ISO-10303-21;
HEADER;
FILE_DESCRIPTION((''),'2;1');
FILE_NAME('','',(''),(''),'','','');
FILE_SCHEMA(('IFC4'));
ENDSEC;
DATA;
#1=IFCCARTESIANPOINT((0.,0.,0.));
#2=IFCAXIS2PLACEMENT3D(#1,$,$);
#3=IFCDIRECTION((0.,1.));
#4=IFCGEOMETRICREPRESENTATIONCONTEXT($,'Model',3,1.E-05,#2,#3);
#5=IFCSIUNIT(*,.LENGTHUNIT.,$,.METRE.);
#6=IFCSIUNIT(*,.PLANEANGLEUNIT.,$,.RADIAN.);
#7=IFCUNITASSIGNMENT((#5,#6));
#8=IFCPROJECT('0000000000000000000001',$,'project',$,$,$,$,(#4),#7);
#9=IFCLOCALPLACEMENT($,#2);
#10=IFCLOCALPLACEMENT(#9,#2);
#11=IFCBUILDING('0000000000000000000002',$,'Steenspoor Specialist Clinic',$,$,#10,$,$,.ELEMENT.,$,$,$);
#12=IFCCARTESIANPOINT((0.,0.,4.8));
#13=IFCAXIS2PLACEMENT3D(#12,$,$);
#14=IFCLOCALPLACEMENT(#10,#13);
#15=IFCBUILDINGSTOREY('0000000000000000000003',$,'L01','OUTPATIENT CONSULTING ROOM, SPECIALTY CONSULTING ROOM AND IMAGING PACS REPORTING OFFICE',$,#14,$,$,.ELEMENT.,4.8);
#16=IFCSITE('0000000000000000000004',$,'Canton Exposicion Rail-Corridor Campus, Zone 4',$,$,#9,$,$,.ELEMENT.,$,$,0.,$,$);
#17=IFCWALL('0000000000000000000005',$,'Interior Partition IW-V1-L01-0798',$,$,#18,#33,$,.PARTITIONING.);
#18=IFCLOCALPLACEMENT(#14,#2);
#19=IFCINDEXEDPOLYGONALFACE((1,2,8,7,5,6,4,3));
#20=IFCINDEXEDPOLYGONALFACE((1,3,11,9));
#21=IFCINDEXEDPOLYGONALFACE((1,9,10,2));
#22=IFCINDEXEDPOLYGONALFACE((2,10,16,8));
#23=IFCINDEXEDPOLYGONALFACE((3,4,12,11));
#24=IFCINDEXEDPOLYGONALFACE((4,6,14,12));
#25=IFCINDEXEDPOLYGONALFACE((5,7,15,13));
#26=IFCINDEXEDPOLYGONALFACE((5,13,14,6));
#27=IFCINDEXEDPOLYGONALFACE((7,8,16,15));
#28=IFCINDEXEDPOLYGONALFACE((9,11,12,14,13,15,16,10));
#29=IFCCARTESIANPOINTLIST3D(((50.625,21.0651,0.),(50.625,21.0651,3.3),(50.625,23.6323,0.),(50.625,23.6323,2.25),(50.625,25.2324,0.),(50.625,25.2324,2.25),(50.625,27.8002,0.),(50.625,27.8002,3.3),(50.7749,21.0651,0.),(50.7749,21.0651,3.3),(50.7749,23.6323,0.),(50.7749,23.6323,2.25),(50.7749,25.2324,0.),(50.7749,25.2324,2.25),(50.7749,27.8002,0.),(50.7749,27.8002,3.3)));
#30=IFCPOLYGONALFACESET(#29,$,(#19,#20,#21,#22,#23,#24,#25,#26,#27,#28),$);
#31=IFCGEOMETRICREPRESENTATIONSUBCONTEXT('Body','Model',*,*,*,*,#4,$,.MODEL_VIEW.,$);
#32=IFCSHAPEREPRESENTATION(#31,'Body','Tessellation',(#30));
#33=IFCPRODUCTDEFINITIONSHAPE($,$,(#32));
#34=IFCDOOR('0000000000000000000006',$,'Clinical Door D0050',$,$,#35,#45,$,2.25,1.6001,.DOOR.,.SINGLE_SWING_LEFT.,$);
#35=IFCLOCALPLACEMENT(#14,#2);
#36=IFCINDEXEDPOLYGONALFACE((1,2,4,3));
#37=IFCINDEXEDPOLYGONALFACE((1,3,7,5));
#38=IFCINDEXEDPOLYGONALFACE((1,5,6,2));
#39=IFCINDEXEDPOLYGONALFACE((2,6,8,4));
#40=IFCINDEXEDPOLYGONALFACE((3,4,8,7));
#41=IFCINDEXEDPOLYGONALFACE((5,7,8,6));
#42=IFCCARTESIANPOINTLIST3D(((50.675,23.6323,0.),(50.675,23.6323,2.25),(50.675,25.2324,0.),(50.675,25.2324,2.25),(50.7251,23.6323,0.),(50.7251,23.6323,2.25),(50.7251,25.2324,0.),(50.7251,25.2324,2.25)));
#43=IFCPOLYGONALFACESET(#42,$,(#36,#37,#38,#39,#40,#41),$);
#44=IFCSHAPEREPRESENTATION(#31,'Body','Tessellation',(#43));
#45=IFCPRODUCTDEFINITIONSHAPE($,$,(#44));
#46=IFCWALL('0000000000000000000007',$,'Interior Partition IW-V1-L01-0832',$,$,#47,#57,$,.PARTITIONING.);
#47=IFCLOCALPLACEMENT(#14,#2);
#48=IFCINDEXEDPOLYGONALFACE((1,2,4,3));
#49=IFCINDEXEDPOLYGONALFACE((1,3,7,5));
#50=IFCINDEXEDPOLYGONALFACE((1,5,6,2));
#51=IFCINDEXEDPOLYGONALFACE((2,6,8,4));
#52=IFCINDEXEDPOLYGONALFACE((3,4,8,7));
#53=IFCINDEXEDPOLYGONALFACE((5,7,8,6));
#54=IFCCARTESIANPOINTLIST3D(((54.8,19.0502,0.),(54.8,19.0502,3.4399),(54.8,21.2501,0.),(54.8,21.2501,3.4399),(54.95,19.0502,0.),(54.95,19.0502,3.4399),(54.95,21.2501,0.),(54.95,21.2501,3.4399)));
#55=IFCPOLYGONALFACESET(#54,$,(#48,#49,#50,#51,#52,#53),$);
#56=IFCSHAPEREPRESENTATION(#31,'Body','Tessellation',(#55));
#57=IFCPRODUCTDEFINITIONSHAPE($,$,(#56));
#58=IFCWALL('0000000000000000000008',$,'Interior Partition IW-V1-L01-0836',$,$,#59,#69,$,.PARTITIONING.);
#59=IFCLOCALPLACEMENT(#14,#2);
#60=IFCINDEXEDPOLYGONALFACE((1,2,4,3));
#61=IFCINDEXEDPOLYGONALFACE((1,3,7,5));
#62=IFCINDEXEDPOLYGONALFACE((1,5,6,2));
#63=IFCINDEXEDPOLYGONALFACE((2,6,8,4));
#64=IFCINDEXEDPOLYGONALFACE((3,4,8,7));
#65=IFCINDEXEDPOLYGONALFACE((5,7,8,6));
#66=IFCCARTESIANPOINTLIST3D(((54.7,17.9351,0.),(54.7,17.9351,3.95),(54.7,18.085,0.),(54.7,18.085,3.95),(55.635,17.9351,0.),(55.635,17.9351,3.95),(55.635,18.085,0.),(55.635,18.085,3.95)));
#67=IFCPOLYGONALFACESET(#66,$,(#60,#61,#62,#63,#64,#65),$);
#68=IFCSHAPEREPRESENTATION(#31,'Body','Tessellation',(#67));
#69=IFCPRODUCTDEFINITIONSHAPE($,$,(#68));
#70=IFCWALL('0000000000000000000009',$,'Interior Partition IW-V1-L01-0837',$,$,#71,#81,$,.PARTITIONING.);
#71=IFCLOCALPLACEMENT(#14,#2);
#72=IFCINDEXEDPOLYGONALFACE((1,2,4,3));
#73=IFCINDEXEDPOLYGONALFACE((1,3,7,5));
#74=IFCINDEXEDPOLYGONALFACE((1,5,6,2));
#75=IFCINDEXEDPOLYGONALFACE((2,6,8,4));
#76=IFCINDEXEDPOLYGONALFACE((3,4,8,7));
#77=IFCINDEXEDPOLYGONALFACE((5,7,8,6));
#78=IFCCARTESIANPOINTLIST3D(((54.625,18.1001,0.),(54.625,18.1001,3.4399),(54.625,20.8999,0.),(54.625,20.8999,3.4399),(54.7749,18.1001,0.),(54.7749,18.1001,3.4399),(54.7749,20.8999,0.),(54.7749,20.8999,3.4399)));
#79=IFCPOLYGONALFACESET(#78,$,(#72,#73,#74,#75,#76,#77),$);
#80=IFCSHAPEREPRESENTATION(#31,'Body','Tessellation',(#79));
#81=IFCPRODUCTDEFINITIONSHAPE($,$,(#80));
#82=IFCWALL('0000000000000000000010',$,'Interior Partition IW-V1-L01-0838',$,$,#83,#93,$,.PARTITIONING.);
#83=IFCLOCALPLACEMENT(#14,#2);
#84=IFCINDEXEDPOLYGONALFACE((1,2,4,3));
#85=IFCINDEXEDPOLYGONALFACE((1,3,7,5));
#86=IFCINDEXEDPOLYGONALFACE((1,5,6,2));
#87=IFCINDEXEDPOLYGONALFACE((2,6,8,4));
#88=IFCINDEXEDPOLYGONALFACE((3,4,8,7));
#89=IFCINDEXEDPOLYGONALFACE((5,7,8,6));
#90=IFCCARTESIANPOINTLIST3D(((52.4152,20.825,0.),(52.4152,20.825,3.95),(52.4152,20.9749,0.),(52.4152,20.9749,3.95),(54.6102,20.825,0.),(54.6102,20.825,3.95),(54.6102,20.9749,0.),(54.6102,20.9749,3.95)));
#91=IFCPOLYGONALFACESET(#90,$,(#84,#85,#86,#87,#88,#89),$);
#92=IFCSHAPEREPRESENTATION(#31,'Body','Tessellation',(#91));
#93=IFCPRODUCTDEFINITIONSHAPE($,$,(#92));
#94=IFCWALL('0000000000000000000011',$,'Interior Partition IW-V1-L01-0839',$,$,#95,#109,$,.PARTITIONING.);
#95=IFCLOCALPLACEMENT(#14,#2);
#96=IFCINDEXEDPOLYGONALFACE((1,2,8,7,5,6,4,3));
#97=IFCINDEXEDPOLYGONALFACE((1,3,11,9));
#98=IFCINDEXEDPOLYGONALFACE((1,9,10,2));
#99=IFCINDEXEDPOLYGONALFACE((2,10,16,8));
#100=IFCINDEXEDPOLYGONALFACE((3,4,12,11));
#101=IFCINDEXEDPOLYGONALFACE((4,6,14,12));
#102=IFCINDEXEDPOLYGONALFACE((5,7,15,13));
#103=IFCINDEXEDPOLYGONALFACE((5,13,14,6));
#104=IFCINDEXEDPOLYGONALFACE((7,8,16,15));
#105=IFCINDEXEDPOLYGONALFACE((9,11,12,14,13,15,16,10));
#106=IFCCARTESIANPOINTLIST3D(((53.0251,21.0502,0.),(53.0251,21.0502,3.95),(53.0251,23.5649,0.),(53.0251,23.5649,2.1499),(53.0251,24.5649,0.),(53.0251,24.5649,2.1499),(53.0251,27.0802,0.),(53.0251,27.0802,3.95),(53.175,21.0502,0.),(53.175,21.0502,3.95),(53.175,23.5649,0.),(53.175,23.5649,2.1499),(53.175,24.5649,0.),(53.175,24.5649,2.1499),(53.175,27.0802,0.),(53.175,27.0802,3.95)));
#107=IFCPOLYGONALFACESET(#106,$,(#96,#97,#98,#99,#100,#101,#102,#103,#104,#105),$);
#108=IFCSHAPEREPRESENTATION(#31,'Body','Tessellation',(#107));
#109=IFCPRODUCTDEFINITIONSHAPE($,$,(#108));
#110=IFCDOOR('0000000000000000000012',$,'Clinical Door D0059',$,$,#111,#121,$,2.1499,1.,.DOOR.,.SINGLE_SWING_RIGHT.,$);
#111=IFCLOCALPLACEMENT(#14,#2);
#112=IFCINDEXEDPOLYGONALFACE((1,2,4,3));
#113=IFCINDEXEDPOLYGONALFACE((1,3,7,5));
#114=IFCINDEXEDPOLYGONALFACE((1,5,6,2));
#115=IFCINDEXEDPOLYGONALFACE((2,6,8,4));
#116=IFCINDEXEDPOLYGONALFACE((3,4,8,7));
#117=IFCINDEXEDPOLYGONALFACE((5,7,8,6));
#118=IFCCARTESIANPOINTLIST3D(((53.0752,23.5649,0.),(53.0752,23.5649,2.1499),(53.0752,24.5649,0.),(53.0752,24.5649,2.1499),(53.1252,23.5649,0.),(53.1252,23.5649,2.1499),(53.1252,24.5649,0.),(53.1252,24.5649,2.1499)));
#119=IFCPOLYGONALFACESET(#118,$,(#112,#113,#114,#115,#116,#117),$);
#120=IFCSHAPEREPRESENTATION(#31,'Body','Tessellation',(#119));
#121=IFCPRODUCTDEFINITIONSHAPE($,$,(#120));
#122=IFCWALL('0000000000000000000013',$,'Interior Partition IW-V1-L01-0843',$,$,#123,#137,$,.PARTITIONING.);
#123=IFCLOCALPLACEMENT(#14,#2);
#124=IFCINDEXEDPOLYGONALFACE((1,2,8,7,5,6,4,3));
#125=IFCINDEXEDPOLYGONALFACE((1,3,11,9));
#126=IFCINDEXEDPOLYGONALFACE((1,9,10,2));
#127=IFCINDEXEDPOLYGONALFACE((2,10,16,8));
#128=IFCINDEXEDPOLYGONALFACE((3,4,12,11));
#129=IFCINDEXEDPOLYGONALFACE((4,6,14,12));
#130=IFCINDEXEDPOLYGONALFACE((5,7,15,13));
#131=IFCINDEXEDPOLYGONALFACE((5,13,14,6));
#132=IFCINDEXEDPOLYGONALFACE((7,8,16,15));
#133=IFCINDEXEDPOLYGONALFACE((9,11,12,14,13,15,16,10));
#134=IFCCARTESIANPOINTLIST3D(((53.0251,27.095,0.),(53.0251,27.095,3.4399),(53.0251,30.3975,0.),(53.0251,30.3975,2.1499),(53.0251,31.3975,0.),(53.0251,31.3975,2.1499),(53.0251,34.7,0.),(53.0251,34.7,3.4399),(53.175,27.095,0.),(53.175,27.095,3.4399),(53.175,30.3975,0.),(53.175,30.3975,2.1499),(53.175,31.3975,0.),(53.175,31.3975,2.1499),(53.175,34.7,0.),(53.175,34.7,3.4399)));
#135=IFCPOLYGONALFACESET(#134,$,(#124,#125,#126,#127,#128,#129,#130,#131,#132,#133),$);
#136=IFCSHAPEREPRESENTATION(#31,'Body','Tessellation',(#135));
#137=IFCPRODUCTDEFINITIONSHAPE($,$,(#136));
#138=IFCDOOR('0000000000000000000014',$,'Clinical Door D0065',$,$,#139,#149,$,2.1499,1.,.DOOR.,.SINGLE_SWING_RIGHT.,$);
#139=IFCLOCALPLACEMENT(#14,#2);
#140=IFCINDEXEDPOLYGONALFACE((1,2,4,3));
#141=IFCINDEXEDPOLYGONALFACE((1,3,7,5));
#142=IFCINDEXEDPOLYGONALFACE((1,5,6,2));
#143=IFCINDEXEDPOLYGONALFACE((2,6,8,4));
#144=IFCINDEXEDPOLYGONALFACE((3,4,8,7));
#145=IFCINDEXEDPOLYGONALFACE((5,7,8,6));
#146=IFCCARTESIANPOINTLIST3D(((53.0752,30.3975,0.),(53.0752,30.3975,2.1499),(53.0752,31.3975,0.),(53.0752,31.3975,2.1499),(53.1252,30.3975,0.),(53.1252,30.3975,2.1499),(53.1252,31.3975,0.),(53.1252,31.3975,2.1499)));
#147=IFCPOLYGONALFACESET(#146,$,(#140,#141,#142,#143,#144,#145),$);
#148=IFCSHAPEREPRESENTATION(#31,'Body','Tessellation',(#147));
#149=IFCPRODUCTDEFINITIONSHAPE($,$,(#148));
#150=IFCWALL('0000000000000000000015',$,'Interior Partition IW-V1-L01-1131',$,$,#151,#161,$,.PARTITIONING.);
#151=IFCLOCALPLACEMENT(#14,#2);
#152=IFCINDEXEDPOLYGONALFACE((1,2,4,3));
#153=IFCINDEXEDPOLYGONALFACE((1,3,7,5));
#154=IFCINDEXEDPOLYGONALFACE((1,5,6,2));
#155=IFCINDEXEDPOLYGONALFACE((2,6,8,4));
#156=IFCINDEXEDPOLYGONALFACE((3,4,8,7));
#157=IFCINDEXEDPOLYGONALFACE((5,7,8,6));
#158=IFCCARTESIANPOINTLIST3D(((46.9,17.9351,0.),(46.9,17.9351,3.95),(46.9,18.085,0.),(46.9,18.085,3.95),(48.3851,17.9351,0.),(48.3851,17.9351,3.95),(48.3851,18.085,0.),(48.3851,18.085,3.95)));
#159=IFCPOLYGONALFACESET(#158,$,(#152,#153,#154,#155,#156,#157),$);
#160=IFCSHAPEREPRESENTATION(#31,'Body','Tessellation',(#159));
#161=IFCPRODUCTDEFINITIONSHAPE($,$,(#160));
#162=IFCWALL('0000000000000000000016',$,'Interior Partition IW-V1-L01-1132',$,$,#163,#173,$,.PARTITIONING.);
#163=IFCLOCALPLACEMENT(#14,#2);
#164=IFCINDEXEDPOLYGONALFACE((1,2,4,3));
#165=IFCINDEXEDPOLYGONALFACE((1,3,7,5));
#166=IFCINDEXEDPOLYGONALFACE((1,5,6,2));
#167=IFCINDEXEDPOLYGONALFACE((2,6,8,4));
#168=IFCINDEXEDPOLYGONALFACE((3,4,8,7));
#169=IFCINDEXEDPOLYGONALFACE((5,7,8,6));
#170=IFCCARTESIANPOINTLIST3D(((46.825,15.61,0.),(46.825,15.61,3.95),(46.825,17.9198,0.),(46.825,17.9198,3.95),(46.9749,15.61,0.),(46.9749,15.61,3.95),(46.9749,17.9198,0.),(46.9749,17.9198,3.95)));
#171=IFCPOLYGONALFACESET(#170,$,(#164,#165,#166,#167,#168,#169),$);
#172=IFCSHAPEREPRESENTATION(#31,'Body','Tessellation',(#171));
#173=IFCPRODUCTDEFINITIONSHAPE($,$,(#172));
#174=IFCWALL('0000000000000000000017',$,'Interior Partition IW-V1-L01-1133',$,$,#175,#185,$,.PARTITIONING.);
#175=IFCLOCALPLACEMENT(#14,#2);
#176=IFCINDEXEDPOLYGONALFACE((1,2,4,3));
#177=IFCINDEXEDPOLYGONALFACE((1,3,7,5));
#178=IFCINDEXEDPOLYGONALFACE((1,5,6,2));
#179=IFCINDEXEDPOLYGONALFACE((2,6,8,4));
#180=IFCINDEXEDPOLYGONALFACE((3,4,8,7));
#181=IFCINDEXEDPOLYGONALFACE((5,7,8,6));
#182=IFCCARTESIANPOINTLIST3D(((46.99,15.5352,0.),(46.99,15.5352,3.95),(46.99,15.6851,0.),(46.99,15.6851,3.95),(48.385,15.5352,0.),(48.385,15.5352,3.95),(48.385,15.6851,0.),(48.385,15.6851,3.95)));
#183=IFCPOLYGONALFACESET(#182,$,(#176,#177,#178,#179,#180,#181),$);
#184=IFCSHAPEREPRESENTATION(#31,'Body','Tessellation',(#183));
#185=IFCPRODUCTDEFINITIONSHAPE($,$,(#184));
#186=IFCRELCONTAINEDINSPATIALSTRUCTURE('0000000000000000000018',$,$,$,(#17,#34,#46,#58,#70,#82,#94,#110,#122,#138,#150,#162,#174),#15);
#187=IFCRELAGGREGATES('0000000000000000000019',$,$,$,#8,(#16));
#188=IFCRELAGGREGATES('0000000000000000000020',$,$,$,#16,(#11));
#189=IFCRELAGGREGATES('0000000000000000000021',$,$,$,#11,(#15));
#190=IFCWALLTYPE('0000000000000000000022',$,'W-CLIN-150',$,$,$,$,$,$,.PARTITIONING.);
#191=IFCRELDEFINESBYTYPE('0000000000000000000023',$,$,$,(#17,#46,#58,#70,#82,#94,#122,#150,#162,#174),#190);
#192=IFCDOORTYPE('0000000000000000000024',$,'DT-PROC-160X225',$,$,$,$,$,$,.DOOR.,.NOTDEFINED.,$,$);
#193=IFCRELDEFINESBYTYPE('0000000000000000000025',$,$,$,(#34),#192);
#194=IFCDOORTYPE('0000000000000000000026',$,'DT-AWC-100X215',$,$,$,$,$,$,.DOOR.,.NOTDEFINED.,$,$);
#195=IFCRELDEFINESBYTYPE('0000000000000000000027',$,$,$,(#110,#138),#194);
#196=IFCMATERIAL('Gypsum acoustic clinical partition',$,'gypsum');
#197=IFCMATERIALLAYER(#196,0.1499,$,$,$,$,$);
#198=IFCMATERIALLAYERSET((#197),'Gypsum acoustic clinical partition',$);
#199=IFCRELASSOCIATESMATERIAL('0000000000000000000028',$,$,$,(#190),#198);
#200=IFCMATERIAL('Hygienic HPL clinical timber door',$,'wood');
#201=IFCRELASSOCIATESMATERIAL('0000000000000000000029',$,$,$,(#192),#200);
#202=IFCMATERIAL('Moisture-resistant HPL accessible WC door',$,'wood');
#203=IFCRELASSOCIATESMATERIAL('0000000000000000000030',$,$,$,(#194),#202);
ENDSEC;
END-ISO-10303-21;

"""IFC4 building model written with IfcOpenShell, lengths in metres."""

from ifc_helpers import new_model, si_unit, direction, frame, frame_2d, origin, place, context, subcontext, project, spatial, rectangle, extrude, material, layer, layer_set, type_object, element, fill, save


model = new_model("IFC4")

# Units and contexts
model_context = context("Model", 3, precision=1e-05, world=origin(), true_north=direction((0.0, 1.0)))
body_context = subcontext(model_context, "Body", "Model", "MODEL_VIEW")
ifc_project = project(units=[si_unit("LENGTHUNIT", "METRE"), si_unit("PLANEANGLEUNIT", "RADIAN")], contexts=[model_context])

# Site, building, storey
site_placement = place(None, origin())
site = spatial("IfcSite", under=ifc_project, at=site_placement, Name="Canton Exposicion Rail-Corridor Campus, Zone 4", CompositionType="ELEMENT", RefElevation=0.0)
building_placement = place(site_placement, origin())
building = spatial("IfcBuilding", under=site, at=building_placement, Name="Steenspoor Specialist Clinic", CompositionType="ELEMENT")
storey_placement = place(building_placement, frame((0.0, 0.0, 4.8)))
storey = spatial("IfcBuildingStorey", under=building, at=storey_placement, Name="L01", Description="OUTPATIENT CONSULTING ROOM, SPECIALTY CONSULTING ROOM AND IMAGING PACS REPORTING OFFICE", CompositionType="ELEMENT", Elevation=4.8)

# Wall, opening, door
ifc_material_1 = material(Name="Gypsum acoustic clinical partition", Category="gypsum")
ifc_layer_1 = layer(ifc_material_1, 0.1499)
ifc_layer_set_1 = layer_set([ifc_layer_1], Name="Gypsum acoustic clinical partition")
wall_type_1 = type_object("IfcWallType", Name="W-CLIN-150", PredefinedType="PARTITIONING", material=ifc_layer_set_1)
wall_1_placement = place(storey_placement, frame((50.7, 21.0649, 0.0), z_axis=(0.0, 0.0, 1.0), x_axis=(0.0, 1.0, 0.0)))
wall_1 = element("IfcWall", 1, at=wall_1_placement, inside=storey, type_object=wall_type_1, Name="Interior Partition IW-V1-L01-0798", PredefinedType="PARTITIONING", context=body_context, shape_type="SweptSolid", body=[
    extrude(rectangle(XDim=6.7351, YDim=0.1499, at=frame_2d((3.3677, 0.0))), origin(), (0.0, 0.0, 1.0), 3.3),
])
opening_1_placement = place(wall_1_placement, frame((2.5674, 0.0, 0.0)))
opening_1 = element("IfcOpeningElement", 2, at=opening_1_placement, cuts=wall_1, PredefinedType="OPENING", context=body_context, shape_type="SweptSolid", body=[
    extrude(rectangle(XDim=1.6001, YDim=2.25, at=frame_2d((0.8, 1.125))), frame((0.0, 0.085, 0.0), z_axis=(0.0, -1.0, 0.0), x_axis=(1.0, 0.0, 0.0)), (0.0, 0.0, 1.0), 0.1699),
])
ifc_material_2 = material(Name="Hygienic HPL clinical timber door", Category="wood")
door_type_1 = type_object("IfcDoorType", Name="DT-PROC-160X225", OperationType="NOTDEFINED", PredefinedType="DOOR", material=ifc_material_2)
door_1_placement = place(opening_1_placement, origin())
door_1 = element("IfcDoor", 3, at=door_1_placement, inside=storey, type_object=door_type_1, Name="Clinical Door D0050", OperationType="SINGLE_SWING_LEFT", OverallHeight=2.25, OverallWidth=1.6001, PredefinedType="DOOR", context=body_context, shape_type="SweptSolid", body=[
    extrude(rectangle(XDim=1.6001, YDim=2.25, at=frame_2d((0.8, 1.125))), frame((0.0, 0.0249, 0.0), z_axis=(0.0, -1.0, 0.0), x_axis=(1.0, 0.0, 0.0)), (0.0, 0.0, 1.0), 0.05),
])
fill(opening_1, door_1)

# Walls
wall_2_placement = place(storey_placement, frame((54.875, 19.05, 0.0), z_axis=(0.0, 0.0, 1.0), x_axis=(0.0, 1.0, 0.0)))
element("IfcWall", 4, at=wall_2_placement, inside=storey, type_object=wall_type_1, Name="Interior Partition IW-V1-L01-0832", PredefinedType="PARTITIONING", context=body_context, shape_type="SweptSolid", body=[
    extrude(rectangle(XDim=2.2, YDim=0.1499, at=frame_2d((1.1001, 0.0))), origin(), (0.0, 0.0, 1.0), 3.4399),
])
wall_3_placement = place(storey_placement, frame((54.7, 18.01, 0.0), z_axis=(0.0, 0.0, 1.0), x_axis=(1.0, 0.0, 0.0)))
element("IfcWall", 5, at=wall_3_placement, inside=storey, type_object=wall_type_1, Name="Interior Partition IW-V1-L01-0836", PredefinedType="PARTITIONING", context=body_context, shape_type="SweptSolid", body=[
    extrude(rectangle(XDim=0.9351, YDim=0.1499, at=frame_2d((0.4675, 0.0))), origin(), (0.0, 0.0, 1.0), 3.95),
])
wall_4_placement = place(storey_placement, frame((54.7, 18.1001, 0.0), z_axis=(0.0, 0.0, 1.0), x_axis=(0.0, 1.0, 0.0)))
element("IfcWall", 6, at=wall_4_placement, inside=storey, type_object=wall_type_1, Name="Interior Partition IW-V1-L01-0837", PredefinedType="PARTITIONING", context=body_context, shape_type="SweptSolid", body=[
    extrude(rectangle(XDim=2.7998, YDim=0.1499, at=frame_2d((1.3999, 0.0))), origin(), (0.0, 0.0, 1.0), 3.4399),
])
wall_5_placement = place(storey_placement, frame((52.415, 20.8999, 0.0), z_axis=(0.0, 0.0, 1.0), x_axis=(1.0, 0.0, 0.0)))
element("IfcWall", 7, at=wall_5_placement, inside=storey, type_object=wall_type_1, Name="Interior Partition IW-V1-L01-0838", PredefinedType="PARTITIONING", context=body_context, shape_type="SweptSolid", body=[
    extrude(rectangle(XDim=2.1951, YDim=0.1499, at=frame_2d((1.0977, 0.0))), origin(), (0.0, 0.0, 1.0), 3.95),
])

# Walls, openings, doors
wall_6_placement = place(storey_placement, frame((53.1001, 21.05, 0.0), z_axis=(0.0, 0.0, 1.0), x_axis=(0.0, 1.0, 0.0)))
wall_6 = element("IfcWall", 8, at=wall_6_placement, inside=storey, type_object=wall_type_1, Name="Interior Partition IW-V1-L01-0839", PredefinedType="PARTITIONING", context=body_context, shape_type="SweptSolid", body=[
    extrude(rectangle(XDim=6.03, YDim=0.1499, at=frame_2d((3.0151, 0.0))), origin(), (0.0, 0.0, 1.0), 3.95),
])
opening_2_placement = place(wall_6_placement, frame((2.5149, 0.0, 0.0)))
opening_2 = element("IfcOpeningElement", 9, at=opening_2_placement, cuts=wall_6, PredefinedType="OPENING", context=body_context, shape_type="SweptSolid", body=[
    extrude(rectangle(XDim=1.0, YDim=2.1499, at=frame_2d((0.5, 1.075))), frame((0.0, 0.085, 0.0), z_axis=(0.0, -1.0, 0.0), x_axis=(1.0, 0.0, 0.0)), (0.0, 0.0, 1.0), 0.1699),
])
ifc_material_3 = material(Name="Moisture-resistant HPL accessible WC door", Category="wood")
door_type_2 = type_object("IfcDoorType", Name="DT-AWC-100X215", OperationType="NOTDEFINED", PredefinedType="DOOR", material=ifc_material_3)
door_2_placement = place(opening_2_placement, origin())
door_2 = element("IfcDoor", 10, at=door_2_placement, inside=storey, type_object=door_type_2, Name="Clinical Door D0059", OperationType="SINGLE_SWING_RIGHT", OverallHeight=2.1499, OverallWidth=1.0, PredefinedType="DOOR", context=body_context, shape_type="SweptSolid", body=[
    extrude(rectangle(XDim=1.0, YDim=2.1499, at=frame_2d((0.5, 1.075))), frame((0.0, 0.0249, 0.0), z_axis=(0.0, -1.0, 0.0), x_axis=(1.0, 0.0, 0.0)), (0.0, 0.0, 1.0), 0.05),
])
fill(opening_2, door_2)
wall_7_placement = place(storey_placement, frame((53.1001, 27.095, 0.0), z_axis=(0.0, 0.0, 1.0), x_axis=(0.0, 1.0, 0.0)))
wall_7 = element("IfcWall", 11, at=wall_7_placement, inside=storey, type_object=wall_type_1, Name="Interior Partition IW-V1-L01-0843", PredefinedType="PARTITIONING", context=body_context, shape_type="SweptSolid", body=[
    extrude(rectangle(XDim=7.605, YDim=0.1499, at=frame_2d((3.8025, 0.0))), origin(), (0.0, 0.0, 1.0), 3.4399),
])
opening_3_placement = place(wall_7_placement, frame((3.3025, 0.0, 0.0)))
opening_3 = element("IfcOpeningElement", 12, at=opening_3_placement, cuts=wall_7, PredefinedType="OPENING", context=body_context, shape_type="SweptSolid", body=[
    extrude(rectangle(XDim=1.0, YDim=2.1499, at=frame_2d((0.5, 1.075))), frame((0.0, 0.085, 0.0), z_axis=(0.0, -1.0, 0.0), x_axis=(1.0, 0.0, 0.0)), (0.0, 0.0, 1.0), 0.1699),
])
door_3_placement = place(opening_3_placement, origin())
door_3 = element("IfcDoor", 13, at=door_3_placement, inside=storey, type_object=door_type_2, Name="Clinical Door D0065", OperationType="SINGLE_SWING_RIGHT", OverallHeight=2.1499, OverallWidth=1.0, PredefinedType="DOOR", context=body_context, shape_type="SweptSolid", body=[
    extrude(rectangle(XDim=1.0, YDim=2.1499, at=frame_2d((0.5, 1.075))), frame((0.0, 0.0249, 0.0), z_axis=(0.0, -1.0, 0.0), x_axis=(1.0, 0.0, 0.0)), (0.0, 0.0, 1.0), 0.05),
])
fill(opening_3, door_3)

# Walls
wall_8_placement = place(storey_placement, frame((46.8999, 18.01, 0.0), z_axis=(0.0, 0.0, 1.0), x_axis=(1.0, 0.0, 0.0)))
element("IfcWall", 14, at=wall_8_placement, inside=storey, type_object=wall_type_1, Name="Interior Partition IW-V1-L01-1131", PredefinedType="PARTITIONING", context=body_context, shape_type="SweptSolid", body=[
    extrude(rectangle(XDim=1.4851, YDim=0.1499, at=frame_2d((0.7427, 0.0))), origin(), (0.0, 0.0, 1.0), 3.95),
])
wall_9_placement = place(storey_placement, frame((46.8999, 15.6101, 0.0), z_axis=(0.0, 0.0, 1.0), x_axis=(0.0, 1.0, 0.0)))
element("IfcWall", 15, at=wall_9_placement, inside=storey, type_object=wall_type_1, Name="Interior Partition IW-V1-L01-1132", PredefinedType="PARTITIONING", context=body_context, shape_type="SweptSolid", body=[
    extrude(rectangle(XDim=2.3098, YDim=0.1499, at=frame_2d((1.1548, 0.0))), origin(), (0.0, 0.0, 1.0), 3.95),
])
wall_10_placement = place(storey_placement, frame((46.99, 15.6101, 0.0), z_axis=(0.0, 0.0, 1.0), x_axis=(1.0, 0.0, 0.0)))
element("IfcWall", 16, at=wall_10_placement, inside=storey, type_object=wall_type_1, Name="Interior Partition IW-V1-L01-1133", PredefinedType="PARTITIONING", context=body_context, shape_type="SweptSolid", body=[
    extrude(rectangle(XDim=1.395, YDim=0.1499, at=frame_2d((0.6975, 0.0))), origin(), (0.0, 0.0, 1.0), 3.95),
])

save(model, "model.ifc")
